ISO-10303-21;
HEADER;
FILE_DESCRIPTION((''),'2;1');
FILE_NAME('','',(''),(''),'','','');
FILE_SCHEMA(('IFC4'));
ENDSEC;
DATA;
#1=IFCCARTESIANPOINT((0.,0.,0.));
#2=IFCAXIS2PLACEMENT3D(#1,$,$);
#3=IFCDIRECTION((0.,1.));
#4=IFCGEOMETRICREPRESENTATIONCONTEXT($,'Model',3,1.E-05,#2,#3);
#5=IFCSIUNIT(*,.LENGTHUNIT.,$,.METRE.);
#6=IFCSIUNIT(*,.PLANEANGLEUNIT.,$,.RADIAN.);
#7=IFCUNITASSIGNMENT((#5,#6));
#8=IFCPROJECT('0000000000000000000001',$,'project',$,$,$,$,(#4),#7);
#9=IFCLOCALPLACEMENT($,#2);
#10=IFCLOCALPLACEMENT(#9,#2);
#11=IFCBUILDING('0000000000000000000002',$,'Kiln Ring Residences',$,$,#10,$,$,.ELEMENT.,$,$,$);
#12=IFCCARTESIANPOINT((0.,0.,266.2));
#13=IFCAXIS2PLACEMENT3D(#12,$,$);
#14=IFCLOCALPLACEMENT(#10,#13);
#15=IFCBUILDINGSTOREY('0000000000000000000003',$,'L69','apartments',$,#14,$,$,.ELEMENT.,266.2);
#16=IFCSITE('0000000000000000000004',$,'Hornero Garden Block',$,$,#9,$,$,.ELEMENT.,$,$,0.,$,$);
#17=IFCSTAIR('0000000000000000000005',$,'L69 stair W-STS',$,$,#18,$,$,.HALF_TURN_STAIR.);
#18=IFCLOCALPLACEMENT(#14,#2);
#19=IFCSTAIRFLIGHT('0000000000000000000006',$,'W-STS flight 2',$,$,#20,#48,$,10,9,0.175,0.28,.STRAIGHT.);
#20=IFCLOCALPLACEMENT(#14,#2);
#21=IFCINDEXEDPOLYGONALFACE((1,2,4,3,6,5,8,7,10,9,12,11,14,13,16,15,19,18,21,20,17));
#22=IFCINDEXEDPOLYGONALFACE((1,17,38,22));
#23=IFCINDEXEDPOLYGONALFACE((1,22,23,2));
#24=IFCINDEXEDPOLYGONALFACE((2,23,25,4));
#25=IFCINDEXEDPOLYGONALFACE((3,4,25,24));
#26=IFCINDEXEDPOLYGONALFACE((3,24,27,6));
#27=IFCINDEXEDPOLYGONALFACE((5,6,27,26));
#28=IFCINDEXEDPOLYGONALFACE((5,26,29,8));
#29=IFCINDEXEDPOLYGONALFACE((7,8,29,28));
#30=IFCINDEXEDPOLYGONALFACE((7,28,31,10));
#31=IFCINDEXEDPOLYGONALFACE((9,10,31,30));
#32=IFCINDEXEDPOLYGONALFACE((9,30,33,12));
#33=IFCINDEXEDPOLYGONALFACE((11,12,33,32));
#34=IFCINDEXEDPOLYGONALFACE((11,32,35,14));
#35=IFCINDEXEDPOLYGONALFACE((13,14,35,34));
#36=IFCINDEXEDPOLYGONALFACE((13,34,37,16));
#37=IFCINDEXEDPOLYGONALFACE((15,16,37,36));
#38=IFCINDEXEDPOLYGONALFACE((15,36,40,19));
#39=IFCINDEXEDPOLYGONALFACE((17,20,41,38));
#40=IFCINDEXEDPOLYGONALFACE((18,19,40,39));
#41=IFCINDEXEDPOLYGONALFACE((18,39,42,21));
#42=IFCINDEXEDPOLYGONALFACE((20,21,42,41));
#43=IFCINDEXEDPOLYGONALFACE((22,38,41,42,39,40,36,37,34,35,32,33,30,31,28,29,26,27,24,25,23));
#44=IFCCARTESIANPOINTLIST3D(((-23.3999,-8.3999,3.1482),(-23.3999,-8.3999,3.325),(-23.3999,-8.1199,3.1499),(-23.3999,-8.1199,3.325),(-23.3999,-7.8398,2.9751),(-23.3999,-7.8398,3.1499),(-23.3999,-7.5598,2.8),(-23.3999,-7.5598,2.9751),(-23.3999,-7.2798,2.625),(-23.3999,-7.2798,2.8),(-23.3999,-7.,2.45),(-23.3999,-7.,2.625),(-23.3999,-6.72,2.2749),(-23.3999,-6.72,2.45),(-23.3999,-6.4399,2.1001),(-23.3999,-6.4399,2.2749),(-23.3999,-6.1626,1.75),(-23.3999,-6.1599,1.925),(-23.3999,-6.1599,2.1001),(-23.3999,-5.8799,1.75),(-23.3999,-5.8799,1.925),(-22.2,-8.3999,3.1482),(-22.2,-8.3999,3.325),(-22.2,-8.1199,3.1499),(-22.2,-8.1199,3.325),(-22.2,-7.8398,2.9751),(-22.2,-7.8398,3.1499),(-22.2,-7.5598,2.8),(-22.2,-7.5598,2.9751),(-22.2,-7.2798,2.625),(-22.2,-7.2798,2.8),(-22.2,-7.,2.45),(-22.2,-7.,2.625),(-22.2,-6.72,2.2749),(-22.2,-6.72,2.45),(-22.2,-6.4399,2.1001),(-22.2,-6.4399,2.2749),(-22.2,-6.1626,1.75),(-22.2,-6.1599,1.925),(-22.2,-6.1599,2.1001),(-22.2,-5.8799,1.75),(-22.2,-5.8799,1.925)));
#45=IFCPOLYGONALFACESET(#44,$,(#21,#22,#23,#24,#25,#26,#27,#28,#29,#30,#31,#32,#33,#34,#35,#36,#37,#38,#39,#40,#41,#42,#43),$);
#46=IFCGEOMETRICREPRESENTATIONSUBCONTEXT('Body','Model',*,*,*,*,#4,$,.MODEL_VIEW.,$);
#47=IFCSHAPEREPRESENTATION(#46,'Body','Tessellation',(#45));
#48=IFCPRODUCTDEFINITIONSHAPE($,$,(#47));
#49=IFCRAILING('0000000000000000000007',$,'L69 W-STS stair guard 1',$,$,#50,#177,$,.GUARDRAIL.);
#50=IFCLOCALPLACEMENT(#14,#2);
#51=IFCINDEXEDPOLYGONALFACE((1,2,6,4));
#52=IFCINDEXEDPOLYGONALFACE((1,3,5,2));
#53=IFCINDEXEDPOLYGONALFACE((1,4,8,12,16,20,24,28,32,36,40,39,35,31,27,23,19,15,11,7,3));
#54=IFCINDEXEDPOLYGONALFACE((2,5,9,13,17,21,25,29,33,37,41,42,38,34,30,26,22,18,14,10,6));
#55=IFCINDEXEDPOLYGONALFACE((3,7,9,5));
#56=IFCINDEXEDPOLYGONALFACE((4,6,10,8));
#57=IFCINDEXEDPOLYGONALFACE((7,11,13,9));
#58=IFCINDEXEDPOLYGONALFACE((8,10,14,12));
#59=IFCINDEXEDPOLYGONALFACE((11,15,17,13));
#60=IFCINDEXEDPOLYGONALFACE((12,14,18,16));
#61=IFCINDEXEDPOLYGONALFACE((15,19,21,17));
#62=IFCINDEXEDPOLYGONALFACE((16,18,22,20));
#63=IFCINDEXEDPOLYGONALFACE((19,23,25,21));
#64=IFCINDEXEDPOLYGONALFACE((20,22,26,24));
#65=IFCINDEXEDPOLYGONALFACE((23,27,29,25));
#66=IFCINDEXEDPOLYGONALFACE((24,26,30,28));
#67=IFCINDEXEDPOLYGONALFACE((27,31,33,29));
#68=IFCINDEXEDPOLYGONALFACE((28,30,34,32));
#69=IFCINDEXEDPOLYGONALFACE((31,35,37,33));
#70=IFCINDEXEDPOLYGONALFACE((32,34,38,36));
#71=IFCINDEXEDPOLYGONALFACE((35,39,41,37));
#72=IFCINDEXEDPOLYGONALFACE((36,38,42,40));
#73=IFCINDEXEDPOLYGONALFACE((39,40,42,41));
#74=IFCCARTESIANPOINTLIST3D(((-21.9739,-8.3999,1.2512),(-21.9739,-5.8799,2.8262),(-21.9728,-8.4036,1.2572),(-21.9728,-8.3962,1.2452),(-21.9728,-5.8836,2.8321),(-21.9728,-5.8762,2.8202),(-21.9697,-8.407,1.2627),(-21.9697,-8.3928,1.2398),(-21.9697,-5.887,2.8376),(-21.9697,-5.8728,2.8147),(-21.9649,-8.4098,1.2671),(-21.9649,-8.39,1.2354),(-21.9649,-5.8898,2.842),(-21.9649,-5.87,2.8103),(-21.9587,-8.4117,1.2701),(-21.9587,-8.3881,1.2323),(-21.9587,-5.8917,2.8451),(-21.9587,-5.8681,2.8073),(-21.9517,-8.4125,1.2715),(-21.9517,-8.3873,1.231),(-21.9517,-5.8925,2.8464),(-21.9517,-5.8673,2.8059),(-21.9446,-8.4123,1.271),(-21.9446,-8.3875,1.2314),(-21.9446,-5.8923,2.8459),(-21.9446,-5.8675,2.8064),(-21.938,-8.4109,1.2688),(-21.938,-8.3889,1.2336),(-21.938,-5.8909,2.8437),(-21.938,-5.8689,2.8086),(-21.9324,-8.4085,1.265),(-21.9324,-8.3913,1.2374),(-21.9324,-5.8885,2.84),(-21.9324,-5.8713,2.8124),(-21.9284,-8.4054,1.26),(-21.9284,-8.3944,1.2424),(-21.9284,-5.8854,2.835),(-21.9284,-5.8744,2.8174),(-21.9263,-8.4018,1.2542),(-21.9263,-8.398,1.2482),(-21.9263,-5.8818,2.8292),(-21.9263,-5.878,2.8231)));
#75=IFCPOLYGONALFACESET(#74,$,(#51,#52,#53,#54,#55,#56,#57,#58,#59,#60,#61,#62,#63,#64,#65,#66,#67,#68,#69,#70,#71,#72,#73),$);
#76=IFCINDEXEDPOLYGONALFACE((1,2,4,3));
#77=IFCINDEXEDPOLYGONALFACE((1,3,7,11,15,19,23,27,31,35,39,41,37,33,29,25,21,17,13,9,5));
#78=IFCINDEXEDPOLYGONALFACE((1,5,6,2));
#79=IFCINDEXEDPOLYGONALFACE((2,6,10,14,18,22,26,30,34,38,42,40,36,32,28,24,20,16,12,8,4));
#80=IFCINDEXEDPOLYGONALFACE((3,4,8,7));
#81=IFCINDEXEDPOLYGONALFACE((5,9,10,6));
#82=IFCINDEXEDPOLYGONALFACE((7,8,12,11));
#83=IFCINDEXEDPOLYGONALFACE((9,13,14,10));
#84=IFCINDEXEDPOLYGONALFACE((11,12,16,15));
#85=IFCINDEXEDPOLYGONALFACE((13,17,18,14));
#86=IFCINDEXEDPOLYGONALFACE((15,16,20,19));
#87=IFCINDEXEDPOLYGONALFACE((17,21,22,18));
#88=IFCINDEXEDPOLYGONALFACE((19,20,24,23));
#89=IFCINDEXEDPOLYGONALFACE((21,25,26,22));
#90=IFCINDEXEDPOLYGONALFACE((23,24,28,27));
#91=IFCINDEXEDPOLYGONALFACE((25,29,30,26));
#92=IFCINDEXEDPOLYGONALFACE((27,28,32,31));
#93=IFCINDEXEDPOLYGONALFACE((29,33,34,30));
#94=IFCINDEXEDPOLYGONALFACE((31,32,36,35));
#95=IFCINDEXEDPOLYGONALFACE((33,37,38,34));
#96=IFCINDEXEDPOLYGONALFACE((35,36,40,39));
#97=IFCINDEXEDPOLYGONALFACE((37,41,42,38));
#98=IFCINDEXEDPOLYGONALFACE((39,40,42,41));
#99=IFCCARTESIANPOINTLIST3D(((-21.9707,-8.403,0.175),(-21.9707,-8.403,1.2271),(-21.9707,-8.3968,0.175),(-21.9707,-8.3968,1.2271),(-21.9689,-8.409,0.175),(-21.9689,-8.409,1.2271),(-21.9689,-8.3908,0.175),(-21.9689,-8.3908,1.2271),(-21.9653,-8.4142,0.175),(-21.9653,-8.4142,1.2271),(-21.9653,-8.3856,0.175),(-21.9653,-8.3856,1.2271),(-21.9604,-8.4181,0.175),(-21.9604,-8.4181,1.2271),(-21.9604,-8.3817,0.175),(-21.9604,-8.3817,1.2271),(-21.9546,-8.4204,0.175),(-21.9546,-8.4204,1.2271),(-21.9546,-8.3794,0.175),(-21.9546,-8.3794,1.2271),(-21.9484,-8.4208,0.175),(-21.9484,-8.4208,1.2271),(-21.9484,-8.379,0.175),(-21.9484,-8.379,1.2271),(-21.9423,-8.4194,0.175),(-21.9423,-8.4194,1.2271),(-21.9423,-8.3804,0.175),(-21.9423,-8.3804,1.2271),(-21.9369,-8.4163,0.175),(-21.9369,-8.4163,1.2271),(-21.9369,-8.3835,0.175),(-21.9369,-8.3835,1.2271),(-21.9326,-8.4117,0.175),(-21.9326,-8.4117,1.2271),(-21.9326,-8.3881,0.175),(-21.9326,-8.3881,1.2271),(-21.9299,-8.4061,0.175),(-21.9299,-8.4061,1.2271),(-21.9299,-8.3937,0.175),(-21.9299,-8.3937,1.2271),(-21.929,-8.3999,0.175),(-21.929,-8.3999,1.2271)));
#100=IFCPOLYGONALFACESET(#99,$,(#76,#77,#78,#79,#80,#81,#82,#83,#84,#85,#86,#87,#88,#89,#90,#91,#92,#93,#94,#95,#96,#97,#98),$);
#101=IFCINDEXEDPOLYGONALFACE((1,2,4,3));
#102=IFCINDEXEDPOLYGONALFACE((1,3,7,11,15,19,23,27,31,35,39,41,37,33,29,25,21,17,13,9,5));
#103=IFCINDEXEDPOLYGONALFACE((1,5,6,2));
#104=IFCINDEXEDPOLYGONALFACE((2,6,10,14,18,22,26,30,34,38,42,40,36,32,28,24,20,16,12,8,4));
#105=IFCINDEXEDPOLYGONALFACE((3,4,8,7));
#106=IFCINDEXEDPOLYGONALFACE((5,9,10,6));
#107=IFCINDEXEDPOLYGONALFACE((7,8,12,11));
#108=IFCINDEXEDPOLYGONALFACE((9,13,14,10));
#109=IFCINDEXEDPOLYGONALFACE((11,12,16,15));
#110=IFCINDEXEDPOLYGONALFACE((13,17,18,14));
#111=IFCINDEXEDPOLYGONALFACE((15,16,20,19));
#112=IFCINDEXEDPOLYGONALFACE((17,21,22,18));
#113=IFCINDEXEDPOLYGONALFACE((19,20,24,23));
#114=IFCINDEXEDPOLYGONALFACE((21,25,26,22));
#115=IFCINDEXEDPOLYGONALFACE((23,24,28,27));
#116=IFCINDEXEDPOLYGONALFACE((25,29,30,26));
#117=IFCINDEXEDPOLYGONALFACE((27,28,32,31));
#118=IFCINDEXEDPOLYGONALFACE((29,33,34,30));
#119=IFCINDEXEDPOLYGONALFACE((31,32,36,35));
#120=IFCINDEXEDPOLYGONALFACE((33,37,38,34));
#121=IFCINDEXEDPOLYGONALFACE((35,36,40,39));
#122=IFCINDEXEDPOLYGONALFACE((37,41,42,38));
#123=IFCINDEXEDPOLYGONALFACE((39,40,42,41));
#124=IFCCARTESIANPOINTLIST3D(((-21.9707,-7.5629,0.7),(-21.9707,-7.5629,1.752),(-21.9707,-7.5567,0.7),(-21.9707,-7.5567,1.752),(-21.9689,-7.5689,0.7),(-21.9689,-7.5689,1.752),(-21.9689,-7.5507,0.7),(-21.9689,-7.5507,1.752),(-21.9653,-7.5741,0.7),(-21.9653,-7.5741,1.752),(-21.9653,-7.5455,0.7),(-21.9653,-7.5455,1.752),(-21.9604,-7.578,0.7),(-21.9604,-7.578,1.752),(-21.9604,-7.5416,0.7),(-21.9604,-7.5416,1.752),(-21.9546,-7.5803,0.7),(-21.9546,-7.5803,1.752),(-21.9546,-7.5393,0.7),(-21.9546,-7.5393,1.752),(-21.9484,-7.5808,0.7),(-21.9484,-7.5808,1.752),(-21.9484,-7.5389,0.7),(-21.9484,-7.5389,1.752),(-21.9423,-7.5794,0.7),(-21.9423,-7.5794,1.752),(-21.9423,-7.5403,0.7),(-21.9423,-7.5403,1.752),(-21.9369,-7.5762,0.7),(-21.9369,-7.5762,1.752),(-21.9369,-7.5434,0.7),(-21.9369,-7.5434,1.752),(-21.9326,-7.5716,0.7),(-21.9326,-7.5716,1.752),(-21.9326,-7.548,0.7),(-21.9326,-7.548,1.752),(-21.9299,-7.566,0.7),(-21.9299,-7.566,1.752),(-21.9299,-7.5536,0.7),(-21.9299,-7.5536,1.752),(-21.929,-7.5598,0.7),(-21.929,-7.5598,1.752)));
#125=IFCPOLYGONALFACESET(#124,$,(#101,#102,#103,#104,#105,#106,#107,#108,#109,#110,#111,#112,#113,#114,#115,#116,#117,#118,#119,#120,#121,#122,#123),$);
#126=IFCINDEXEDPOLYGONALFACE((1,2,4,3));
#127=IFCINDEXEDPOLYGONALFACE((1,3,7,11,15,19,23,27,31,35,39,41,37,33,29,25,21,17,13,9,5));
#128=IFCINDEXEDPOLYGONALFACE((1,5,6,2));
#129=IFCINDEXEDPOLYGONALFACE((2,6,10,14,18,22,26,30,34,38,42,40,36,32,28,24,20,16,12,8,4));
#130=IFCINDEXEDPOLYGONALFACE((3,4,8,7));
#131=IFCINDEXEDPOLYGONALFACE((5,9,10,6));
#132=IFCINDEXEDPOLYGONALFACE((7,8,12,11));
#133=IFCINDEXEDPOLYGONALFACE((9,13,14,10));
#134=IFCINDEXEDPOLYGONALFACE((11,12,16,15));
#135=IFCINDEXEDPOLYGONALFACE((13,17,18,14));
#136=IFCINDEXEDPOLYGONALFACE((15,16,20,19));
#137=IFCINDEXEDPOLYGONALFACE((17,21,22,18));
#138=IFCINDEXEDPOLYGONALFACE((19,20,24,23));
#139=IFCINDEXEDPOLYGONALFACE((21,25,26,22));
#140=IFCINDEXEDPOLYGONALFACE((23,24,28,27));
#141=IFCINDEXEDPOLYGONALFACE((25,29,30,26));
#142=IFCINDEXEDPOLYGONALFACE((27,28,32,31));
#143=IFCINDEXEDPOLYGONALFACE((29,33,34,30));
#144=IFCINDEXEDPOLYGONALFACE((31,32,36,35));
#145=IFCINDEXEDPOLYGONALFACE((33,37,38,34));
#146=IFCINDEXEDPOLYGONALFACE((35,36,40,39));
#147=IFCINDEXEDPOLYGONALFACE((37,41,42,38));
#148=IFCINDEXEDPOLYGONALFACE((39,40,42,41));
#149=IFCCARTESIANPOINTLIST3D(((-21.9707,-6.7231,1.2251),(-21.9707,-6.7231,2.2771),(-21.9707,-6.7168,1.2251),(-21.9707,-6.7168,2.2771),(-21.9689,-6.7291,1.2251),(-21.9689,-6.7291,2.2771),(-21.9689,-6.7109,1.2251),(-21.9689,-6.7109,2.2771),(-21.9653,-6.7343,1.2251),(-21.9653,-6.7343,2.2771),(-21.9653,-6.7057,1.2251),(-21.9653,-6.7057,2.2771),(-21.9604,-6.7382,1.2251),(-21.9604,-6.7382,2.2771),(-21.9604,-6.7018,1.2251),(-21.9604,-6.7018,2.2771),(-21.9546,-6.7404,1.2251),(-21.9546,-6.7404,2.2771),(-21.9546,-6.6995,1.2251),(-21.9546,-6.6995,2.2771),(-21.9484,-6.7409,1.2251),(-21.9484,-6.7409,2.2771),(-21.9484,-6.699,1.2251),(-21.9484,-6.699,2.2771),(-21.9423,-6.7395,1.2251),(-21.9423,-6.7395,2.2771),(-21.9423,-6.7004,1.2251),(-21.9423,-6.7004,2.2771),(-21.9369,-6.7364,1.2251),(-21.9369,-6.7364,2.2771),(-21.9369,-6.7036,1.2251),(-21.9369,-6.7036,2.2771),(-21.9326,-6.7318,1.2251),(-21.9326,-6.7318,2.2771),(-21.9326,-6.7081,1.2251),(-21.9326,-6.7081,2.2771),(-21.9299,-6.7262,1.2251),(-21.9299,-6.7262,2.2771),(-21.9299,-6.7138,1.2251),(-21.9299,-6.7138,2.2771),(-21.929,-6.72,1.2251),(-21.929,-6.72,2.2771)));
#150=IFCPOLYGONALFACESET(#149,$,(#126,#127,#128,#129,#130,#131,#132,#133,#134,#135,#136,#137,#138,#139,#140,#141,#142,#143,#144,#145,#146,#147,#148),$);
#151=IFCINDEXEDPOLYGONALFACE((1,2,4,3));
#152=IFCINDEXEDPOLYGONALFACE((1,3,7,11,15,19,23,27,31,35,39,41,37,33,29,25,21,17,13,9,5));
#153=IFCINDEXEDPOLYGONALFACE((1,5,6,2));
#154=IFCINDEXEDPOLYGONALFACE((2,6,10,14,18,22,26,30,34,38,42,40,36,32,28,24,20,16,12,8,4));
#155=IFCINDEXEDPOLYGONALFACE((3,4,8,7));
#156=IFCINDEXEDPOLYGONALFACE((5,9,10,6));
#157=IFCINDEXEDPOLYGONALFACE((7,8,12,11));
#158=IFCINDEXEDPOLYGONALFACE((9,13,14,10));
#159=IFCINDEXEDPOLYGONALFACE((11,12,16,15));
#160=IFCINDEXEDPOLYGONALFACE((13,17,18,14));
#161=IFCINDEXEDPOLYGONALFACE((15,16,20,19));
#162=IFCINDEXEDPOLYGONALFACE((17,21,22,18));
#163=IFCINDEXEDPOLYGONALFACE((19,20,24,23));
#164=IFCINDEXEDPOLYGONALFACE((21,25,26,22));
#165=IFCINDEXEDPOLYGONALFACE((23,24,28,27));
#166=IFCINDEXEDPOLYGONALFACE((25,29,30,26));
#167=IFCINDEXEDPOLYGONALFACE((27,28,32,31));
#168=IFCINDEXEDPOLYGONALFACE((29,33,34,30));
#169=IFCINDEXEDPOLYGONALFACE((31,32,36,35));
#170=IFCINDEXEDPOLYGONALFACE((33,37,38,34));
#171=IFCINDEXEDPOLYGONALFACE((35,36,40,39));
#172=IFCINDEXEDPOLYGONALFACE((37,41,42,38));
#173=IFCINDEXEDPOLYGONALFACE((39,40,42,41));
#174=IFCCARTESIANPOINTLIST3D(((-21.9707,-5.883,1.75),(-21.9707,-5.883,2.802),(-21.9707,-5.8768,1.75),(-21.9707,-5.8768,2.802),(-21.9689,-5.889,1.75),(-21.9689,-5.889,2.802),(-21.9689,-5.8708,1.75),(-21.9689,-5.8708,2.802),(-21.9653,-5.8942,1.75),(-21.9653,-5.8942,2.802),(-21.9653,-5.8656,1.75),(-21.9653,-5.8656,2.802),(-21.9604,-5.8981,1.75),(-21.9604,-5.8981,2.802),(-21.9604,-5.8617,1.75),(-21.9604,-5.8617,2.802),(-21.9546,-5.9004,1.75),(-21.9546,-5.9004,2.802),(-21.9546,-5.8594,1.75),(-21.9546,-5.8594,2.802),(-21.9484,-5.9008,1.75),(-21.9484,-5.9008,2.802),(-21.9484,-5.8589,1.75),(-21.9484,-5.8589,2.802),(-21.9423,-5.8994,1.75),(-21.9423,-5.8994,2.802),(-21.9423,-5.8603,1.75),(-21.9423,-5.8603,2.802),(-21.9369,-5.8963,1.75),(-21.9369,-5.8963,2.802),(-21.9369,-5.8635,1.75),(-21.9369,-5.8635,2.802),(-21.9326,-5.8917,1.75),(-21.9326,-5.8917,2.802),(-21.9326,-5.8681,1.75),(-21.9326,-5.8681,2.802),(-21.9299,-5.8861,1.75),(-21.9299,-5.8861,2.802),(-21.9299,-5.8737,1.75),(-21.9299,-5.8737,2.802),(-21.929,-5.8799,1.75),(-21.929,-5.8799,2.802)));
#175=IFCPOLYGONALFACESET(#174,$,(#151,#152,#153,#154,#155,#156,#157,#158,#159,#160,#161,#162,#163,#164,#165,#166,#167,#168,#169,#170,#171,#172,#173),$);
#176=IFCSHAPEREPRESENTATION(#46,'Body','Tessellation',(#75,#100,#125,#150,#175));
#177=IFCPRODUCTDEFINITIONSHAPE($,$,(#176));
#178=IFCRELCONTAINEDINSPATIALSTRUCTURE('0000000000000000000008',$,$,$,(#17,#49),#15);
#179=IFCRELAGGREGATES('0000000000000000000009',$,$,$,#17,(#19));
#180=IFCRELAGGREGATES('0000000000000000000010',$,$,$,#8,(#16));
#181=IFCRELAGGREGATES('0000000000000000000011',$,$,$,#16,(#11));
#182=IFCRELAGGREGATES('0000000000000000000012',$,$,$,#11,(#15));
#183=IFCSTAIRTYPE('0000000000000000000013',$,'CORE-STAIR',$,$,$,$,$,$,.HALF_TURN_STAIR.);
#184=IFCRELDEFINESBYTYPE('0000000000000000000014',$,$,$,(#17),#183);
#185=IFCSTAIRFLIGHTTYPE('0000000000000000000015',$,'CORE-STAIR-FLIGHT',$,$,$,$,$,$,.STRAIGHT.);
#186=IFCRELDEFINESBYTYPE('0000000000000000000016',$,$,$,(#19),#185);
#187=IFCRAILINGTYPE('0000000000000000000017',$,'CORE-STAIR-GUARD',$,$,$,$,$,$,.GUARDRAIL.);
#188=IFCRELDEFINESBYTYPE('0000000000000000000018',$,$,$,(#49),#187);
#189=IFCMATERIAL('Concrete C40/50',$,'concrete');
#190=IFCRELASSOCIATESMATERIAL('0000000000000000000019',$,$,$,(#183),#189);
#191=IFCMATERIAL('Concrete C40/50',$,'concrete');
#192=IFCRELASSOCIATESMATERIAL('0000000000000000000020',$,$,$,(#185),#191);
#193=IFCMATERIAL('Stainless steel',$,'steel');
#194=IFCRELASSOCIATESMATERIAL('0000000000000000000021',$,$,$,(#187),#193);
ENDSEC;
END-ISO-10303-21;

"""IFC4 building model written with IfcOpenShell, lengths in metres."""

from ifc_helpers import new_model, si_unit, direction, frame, origin, origin_2d, place, context, subcontext, project, spatial, polyline, circle, outline, extrude, material, type_object, element, aggregate, save


model = new_model("IFC4")

# Units and contexts
model_context = context("Model", 3, precision=1e-05, world=origin(), true_north=direction((0.0, 1.0)))
body_context = subcontext(model_context, "Body", "Model", "MODEL_VIEW")
ifc_project = project(units=[si_unit("LENGTHUNIT", "METRE"), si_unit("PLANEANGLEUNIT", "RADIAN")], contexts=[model_context])

# Site, building, storey
site_placement = place(None, origin())
site = spatial("IfcSite", under=ifc_project, at=site_placement, Name="Hornero Garden Block", CompositionType="ELEMENT", RefElevation=0.0)
building_placement = place(site_placement, origin())
building = spatial("IfcBuilding", under=site, at=building_placement, Name="Kiln Ring Residences", CompositionType="ELEMENT")
storey_placement = place(building_placement, frame((0.0, 0.0, 266.2)))
storey = spatial("IfcBuildingStorey", under=building, at=storey_placement, Name="L69", Description="apartments", CompositionType="ELEMENT", Elevation=266.2)

# Stair, stair flight
ifc_material_1 = material(Name="Concrete C40/50", Category="concrete")
stair_type = type_object("IfcStairType", Name="CORE-STAIR", PredefinedType="HALF_TURN_STAIR", material=ifc_material_1)
stair_placement = place(storey_placement, origin())
stair = element("IfcStair", 1, at=stair_placement, inside=storey, type_object=stair_type, Name="L69 stair W-STS", PredefinedType="HALF_TURN_STAIR")
ifc_material_2 = material(Name="Concrete C40/50", Category="concrete")
stair_flight_type = type_object("IfcStairFlightType", Name="CORE-STAIR-FLIGHT", PredefinedType="STRAIGHT", material=ifc_material_2)
stair_flight_1_placement = place(storey_placement, frame((-22.8, -5.8799, 1.75), z_axis=(0.0, 0.0, 1.0), x_axis=(0.0, -1.0, 0.0)))
stair_flight_1 = element("IfcStairFlight", 2, at=stair_flight_1_placement, type_object=stair_flight_type, Name="W-STS flight 2", NumberOfRisers=10, NumberOfTreads=9, PredefinedType="STRAIGHT", RiserHeight=0.175, TreadLength=0.28, context=body_context, shape_type="SweptSolid", body=[
    extrude(outline(polyline([(0.0, 0.0), (0.0, 0.175), (0.28, 0.175), (0.28, 0.3501), (0.5601, 0.3501), (0.5601, 0.5249), (0.8401, 0.5249), (0.8401, 0.7), (1.1201, 0.7), (1.1201, 0.875), (1.3999, 0.875), (1.3999, 1.05), (1.6799, 1.05), (1.6799, 1.2251), (1.96, 1.2251), (1.96, 1.3999), (2.24, 1.3999), (2.24, 1.575), (2.52, 1.575), (2.52, 1.75), (2.52, 1.3982), (0.2827, 0.0), (0.0, 0.0)])), frame((0.0, 0.6001, 0.0), z_axis=(0.0, -1.0, 0.0), x_axis=(1.0, 0.0, 0.0)), (0.0, 0.0, 1.0), 1.2),
])
aggregate(stair, [stair_flight_1])

# Railing
ifc_material_3 = material(Name="Stainless steel", Category="steel")
railing_type_1 = type_object("IfcRailingType", Name="CORE-STAIR-GUARD", PredefinedType="GUARDRAIL", material=ifc_material_3)
railing_1_placement = place(storey_placement, frame((-21.95, -8.3999, 0.175)))
element("IfcRailing", 3, at=railing_1_placement, inside=storey, type_object=railing_type_1, Name="L69 W-STS stair guard 1", PredefinedType="GUARDRAIL", context=body_context, shape_type="SweptSolid", body=[
    extrude(circle(Radius=0.0239, at=origin_2d()), frame((0.0, 0.0, 1.0762), z_axis=(0.0, 0.848008, 0.529984), x_axis=(-1.0, 0.0, 0.0)), (0.0, 0.0, 1.0), 2.9717),
    extrude(circle(Radius=0.021, at=origin_2d()), origin(), (0.0, 0.0, 1.0), 1.052),
    extrude(circle(Radius=0.021, at=origin_2d()), frame((0.0, 0.8401, 0.5249)), (0.0, 0.0, 1.0), 1.052),
    extrude(circle(Radius=0.021, at=origin_2d()), frame((0.0, 1.6799, 1.05)), (0.0, 0.0, 1.0), 1.052),
    extrude(circle(Radius=0.021, at=origin_2d()), frame((0.0, 2.52, 1.575)), (0.0, 0.0, 1.0), 1.052),
])

save(model, "model.ifc")
